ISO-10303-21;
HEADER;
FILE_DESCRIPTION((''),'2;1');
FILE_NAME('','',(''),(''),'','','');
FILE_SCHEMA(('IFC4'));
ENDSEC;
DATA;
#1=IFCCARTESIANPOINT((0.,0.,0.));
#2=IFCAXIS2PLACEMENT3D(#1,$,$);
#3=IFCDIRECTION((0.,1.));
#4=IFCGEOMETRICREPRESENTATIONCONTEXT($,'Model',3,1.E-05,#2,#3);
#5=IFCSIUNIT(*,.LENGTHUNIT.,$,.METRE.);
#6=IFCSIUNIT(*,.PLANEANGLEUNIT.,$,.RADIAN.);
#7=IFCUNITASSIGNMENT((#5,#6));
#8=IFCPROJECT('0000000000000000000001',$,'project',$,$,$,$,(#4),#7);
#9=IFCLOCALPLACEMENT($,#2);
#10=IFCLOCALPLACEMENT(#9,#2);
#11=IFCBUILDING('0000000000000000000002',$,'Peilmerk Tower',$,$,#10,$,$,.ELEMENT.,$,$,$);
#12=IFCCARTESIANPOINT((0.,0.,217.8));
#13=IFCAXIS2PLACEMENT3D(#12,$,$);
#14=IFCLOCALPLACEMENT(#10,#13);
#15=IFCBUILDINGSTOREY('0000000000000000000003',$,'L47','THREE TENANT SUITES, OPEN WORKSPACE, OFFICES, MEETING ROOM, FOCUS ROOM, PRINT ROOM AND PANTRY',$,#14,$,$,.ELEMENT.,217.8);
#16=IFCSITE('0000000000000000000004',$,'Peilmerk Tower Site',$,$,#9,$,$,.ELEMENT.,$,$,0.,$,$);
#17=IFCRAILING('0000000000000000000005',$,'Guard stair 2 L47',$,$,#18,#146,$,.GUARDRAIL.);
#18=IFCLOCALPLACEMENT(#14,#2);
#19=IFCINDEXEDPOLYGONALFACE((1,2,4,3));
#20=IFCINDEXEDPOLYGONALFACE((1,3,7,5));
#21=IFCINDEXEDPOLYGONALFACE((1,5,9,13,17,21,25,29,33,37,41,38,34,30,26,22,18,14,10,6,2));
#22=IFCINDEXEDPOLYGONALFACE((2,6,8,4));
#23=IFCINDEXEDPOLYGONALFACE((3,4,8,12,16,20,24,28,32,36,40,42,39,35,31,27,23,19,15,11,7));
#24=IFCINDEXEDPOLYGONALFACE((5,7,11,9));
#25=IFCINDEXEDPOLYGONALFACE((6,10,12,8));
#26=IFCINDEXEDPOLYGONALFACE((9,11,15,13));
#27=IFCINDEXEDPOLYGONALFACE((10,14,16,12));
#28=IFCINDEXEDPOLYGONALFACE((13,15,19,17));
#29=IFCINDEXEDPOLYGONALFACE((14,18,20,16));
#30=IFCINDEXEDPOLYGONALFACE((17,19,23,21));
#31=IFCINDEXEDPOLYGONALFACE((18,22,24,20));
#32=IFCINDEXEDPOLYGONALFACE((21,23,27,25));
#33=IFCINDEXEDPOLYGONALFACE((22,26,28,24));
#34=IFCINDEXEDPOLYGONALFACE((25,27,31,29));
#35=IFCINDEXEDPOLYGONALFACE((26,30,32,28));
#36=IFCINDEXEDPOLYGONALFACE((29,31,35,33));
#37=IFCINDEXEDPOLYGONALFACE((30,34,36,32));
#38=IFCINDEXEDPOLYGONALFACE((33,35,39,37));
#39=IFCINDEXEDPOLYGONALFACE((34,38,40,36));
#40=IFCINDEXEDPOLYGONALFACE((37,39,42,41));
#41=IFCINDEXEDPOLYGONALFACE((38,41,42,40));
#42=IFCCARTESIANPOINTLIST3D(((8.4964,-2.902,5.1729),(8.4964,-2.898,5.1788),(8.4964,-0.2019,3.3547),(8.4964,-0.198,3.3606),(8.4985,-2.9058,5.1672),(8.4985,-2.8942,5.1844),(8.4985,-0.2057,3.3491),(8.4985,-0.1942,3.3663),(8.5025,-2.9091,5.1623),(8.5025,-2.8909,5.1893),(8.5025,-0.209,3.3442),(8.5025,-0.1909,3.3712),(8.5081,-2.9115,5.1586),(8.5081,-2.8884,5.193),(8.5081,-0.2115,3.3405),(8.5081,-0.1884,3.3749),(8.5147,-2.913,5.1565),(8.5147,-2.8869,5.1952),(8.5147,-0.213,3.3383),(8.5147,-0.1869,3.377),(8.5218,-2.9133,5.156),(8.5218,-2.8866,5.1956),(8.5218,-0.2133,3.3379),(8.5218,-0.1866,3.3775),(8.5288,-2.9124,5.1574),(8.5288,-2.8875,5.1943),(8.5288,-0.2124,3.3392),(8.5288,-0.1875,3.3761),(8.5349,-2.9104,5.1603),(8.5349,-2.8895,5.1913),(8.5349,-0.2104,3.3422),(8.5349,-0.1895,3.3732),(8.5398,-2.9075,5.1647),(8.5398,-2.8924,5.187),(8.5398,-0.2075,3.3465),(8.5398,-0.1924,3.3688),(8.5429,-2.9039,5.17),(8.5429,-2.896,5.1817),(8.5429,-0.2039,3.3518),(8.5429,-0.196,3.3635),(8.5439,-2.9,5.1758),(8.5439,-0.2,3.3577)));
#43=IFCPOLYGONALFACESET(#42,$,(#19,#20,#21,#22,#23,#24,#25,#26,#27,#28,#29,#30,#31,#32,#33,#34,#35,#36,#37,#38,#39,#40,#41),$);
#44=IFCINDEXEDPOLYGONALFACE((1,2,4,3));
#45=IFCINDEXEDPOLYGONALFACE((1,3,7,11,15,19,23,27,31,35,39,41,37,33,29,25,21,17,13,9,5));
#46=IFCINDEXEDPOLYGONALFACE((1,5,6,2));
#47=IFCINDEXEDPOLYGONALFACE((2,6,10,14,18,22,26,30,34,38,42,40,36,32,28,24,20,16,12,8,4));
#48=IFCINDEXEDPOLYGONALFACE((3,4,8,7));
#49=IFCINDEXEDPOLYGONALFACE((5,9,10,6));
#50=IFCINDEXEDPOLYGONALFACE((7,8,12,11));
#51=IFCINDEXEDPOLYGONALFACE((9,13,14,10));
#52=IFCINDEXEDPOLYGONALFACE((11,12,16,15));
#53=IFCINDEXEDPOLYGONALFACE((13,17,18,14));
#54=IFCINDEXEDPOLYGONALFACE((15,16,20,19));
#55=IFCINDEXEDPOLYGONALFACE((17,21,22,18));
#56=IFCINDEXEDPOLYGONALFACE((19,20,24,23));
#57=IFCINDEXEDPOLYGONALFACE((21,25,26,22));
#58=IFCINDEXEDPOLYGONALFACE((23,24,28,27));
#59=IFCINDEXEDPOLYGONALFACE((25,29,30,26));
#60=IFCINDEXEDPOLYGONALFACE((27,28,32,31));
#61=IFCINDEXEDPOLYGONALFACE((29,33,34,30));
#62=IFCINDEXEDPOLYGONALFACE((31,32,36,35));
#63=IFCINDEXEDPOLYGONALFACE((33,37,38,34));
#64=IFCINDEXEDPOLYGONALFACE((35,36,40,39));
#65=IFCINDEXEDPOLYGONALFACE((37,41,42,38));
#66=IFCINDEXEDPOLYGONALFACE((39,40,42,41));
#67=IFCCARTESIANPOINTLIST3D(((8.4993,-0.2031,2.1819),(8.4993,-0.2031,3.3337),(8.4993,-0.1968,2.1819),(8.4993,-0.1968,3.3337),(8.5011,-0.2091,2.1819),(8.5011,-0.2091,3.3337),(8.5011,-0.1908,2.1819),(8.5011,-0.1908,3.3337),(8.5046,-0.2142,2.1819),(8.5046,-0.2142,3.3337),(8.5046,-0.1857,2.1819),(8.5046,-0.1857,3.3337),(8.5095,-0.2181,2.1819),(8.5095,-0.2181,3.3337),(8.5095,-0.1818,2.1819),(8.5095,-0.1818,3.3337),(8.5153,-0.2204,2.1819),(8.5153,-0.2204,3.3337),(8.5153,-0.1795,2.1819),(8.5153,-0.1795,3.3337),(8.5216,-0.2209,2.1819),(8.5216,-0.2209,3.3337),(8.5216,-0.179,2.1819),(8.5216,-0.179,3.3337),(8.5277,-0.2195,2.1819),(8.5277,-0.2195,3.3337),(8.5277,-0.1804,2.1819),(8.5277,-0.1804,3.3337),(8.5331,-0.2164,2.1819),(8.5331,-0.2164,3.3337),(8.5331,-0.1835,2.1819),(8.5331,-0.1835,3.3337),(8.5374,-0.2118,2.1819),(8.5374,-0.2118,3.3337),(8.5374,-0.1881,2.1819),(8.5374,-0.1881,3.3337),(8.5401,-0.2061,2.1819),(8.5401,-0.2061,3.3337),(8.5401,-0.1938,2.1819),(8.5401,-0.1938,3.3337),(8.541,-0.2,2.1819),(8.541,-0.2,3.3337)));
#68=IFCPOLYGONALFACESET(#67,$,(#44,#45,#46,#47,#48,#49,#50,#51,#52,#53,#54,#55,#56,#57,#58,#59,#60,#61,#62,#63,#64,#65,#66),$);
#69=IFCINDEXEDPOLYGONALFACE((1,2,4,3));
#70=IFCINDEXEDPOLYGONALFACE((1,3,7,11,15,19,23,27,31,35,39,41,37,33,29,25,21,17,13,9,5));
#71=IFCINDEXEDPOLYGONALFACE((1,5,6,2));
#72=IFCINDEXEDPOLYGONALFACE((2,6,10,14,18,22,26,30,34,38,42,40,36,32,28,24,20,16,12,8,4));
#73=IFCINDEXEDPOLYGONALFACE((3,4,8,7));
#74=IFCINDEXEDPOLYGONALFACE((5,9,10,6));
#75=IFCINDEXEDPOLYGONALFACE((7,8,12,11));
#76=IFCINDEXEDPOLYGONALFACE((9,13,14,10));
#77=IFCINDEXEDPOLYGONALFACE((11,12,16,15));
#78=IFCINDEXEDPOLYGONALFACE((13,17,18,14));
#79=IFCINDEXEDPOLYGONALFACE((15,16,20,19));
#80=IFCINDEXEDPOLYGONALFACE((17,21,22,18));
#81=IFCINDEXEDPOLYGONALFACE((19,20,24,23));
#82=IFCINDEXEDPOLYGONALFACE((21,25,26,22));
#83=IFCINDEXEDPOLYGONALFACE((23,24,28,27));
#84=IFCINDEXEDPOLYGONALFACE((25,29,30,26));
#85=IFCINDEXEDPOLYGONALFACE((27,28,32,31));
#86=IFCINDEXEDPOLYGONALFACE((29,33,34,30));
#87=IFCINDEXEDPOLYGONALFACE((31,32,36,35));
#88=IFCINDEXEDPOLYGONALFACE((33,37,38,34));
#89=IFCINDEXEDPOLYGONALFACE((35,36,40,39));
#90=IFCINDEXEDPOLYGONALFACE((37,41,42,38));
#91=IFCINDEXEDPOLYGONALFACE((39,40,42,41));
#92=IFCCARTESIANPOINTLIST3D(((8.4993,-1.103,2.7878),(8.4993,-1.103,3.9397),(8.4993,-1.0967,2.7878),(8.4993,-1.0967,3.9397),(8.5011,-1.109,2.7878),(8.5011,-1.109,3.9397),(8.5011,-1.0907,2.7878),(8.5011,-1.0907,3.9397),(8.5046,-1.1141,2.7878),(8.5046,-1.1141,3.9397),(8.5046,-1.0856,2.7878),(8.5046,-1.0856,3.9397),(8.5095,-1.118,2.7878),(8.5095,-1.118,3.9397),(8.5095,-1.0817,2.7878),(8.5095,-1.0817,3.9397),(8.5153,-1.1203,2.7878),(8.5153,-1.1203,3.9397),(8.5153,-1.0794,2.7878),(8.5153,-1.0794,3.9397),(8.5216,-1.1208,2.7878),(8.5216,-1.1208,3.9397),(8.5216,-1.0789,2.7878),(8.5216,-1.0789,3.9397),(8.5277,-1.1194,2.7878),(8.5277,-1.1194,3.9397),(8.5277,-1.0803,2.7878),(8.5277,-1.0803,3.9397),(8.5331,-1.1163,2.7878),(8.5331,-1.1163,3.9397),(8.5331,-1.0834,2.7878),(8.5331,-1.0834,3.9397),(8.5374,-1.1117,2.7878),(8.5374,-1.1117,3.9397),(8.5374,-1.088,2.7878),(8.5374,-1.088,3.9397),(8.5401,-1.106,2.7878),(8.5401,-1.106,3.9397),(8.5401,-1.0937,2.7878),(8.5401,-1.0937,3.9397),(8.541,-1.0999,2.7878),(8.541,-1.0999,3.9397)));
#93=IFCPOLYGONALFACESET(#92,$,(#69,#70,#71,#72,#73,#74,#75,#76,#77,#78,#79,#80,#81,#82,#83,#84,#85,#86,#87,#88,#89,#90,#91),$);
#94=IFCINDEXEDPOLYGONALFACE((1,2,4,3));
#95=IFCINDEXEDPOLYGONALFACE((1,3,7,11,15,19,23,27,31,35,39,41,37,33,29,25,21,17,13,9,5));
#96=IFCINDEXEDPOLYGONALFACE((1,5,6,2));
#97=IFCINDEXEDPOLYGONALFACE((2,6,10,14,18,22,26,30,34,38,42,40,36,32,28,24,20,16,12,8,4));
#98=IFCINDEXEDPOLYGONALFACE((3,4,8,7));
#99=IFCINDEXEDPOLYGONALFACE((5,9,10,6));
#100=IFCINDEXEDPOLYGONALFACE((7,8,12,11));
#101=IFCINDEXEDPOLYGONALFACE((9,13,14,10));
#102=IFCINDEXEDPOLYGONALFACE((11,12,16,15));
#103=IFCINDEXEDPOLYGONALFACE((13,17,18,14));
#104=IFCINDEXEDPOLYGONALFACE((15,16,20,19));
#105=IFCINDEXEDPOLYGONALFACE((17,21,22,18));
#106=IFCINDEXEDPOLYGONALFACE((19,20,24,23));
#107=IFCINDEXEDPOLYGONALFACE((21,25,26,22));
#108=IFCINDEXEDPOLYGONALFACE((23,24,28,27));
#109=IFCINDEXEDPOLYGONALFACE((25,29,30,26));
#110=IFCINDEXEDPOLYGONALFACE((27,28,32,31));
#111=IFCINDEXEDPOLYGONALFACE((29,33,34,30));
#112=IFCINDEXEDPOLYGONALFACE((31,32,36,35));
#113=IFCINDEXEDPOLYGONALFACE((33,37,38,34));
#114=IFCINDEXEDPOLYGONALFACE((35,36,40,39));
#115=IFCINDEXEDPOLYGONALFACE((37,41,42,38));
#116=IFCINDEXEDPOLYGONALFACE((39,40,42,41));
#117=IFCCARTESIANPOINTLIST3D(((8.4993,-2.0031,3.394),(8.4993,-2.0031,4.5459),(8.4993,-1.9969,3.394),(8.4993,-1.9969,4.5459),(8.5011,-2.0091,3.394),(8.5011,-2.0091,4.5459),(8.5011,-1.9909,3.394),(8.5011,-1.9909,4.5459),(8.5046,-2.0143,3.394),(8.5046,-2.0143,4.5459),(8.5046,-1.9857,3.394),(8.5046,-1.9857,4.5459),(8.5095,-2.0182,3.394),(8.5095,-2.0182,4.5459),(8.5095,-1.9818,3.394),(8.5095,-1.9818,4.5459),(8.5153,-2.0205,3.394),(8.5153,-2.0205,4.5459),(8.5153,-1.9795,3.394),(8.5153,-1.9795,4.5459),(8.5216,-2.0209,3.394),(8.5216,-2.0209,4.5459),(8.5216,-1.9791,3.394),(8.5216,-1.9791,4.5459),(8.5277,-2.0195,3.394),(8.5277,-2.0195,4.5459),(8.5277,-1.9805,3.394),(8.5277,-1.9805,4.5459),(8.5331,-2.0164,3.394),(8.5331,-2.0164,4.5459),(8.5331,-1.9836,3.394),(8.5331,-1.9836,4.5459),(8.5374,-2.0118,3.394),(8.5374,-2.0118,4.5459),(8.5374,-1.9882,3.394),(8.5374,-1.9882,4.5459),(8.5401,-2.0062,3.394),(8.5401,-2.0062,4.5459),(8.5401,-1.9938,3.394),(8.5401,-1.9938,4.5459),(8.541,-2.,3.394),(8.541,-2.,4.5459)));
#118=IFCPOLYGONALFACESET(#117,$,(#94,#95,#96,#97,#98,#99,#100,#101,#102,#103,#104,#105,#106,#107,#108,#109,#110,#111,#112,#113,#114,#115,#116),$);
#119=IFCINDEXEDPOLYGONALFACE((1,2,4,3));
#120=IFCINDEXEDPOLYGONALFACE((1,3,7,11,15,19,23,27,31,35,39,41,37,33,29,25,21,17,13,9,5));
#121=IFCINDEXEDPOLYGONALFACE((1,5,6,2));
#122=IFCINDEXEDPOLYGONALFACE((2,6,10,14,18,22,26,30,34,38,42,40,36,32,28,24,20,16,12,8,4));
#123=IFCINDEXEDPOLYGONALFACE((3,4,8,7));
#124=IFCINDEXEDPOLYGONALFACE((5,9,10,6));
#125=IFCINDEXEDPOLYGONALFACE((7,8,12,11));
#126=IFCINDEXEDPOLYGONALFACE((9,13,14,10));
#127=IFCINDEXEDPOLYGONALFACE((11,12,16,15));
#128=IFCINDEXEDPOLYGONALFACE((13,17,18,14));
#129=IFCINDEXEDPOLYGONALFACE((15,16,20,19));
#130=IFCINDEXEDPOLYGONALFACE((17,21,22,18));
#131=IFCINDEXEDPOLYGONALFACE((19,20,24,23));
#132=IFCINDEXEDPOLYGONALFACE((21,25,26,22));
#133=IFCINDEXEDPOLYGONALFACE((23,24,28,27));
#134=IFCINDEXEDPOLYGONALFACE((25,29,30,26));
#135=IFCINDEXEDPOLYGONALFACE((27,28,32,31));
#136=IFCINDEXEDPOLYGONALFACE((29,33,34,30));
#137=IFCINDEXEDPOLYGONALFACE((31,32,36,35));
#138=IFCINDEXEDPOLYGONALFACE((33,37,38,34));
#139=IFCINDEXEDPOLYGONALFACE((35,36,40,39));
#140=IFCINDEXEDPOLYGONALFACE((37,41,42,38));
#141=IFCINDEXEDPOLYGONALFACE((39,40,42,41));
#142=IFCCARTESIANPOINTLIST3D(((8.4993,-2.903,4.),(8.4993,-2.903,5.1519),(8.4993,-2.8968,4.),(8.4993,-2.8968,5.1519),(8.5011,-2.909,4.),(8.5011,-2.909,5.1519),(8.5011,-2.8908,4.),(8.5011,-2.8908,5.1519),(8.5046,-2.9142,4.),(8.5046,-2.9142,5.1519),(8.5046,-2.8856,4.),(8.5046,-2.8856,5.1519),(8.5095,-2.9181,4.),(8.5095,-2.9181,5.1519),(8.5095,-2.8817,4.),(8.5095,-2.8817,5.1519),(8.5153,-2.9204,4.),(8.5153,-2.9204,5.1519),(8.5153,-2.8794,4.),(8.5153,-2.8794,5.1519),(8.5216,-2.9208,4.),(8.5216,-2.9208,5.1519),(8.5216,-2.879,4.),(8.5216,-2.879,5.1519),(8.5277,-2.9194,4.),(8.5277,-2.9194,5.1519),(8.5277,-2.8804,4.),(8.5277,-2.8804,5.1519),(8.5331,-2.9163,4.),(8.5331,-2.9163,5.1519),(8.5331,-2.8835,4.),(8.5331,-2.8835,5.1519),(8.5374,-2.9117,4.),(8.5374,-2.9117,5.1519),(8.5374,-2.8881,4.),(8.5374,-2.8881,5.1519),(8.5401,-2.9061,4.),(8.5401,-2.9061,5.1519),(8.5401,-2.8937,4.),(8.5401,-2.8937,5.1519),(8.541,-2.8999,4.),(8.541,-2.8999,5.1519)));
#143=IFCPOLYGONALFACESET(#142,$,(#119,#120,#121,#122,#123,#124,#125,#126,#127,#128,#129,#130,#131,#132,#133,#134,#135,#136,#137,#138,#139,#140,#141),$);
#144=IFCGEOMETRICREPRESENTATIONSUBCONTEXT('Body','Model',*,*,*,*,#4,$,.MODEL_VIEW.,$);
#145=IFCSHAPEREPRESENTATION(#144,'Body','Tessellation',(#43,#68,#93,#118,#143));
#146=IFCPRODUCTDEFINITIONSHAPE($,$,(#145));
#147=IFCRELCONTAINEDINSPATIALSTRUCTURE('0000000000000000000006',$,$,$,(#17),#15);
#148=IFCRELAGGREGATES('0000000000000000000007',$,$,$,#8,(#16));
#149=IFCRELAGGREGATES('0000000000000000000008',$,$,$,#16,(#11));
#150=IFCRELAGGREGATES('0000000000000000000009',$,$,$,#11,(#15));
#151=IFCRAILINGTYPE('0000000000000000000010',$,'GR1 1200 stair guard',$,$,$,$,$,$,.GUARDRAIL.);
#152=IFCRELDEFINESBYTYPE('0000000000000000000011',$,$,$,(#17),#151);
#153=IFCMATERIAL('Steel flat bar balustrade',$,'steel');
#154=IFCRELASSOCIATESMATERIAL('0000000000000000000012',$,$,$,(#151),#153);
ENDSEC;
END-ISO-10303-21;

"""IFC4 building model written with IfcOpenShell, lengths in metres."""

from ifc_helpers import new_model, si_unit, direction, frame, origin, origin_2d, place, context, subcontext, project, spatial, circle, extrude, material, type_object, element, save


model = new_model("IFC4")

# Units and contexts
model_context = context("Model", 3, precision=1e-05, world=origin(), true_north=direction((0.0, 1.0)))
body_context = subcontext(model_context, "Body", "Model", "MODEL_VIEW")
ifc_project = project(units=[si_unit("LENGTHUNIT", "METRE"), si_unit("PLANEANGLEUNIT", "RADIAN")], contexts=[model_context])

# Site, building, storey
site_placement = place(None, origin())
site = spatial("IfcSite", under=ifc_project, at=site_placement, Name="Peilmerk Tower Site", CompositionType="ELEMENT", RefElevation=0.0)
building_placement = place(site_placement, origin())
building = spatial("IfcBuilding", under=site, at=building_placement, Name="Peilmerk Tower", CompositionType="ELEMENT")
storey_placement = place(building_placement, frame((0.0, 0.0, 217.8)))
storey = spatial("IfcBuildingStorey", under=building, at=storey_placement, Name="L47", Description="THREE TENANT SUITES, OPEN WORKSPACE, OFFICES, MEETING ROOM, FOCUS ROOM, PRINT ROOM AND PANTRY", CompositionType="ELEMENT", Elevation=217.8)

# Railing
ifc_material_1 = material(Name="Steel flat bar balustrade", Category="steel")
railing_type_1 = type_object("IfcRailingType", Name="GR1 1200 stair guard", PredefinedType="GUARDRAIL", material=ifc_material_1)
railing_1_placement = place(storey_placement, frame((8.52, -0.2, 2.1819)))
element("IfcRailing", 1, at=railing_1_placement, inside=storey, type_object=railing_type_1, Name="Guard stair 2 L47", PredefinedType="GUARDRAIL", context=body_context, shape_type="SweptSolid", body=[
    extrude(circle(Radius=0.0239, at=origin_2d()), frame((0.0, 0.0, 1.1758), z_axis=(0.0, -0.829468, 0.558554), x_axis=(1.0, 0.0, 0.0)), (0.0, 0.0, 1.0), 3.2551),
    extrude(circle(Radius=0.021, at=origin_2d()), origin(), (0.0, 0.0, 1.0), 1.1519),
    extrude(circle(Radius=0.021, at=origin_2d()), frame((0.0, -0.8999, 0.606)), (0.0, 0.0, 1.0), 1.1519),
    extrude(circle(Radius=0.021, at=origin_2d()), frame((0.0, -1.8, 1.2122)), (0.0, 0.0, 1.0), 1.1519),
    extrude(circle(Radius=0.021, at=origin_2d()), frame((0.0, -2.7, 1.8181)), (0.0, 0.0, 1.0), 1.1519),
])

save(model, "model.ifc")
